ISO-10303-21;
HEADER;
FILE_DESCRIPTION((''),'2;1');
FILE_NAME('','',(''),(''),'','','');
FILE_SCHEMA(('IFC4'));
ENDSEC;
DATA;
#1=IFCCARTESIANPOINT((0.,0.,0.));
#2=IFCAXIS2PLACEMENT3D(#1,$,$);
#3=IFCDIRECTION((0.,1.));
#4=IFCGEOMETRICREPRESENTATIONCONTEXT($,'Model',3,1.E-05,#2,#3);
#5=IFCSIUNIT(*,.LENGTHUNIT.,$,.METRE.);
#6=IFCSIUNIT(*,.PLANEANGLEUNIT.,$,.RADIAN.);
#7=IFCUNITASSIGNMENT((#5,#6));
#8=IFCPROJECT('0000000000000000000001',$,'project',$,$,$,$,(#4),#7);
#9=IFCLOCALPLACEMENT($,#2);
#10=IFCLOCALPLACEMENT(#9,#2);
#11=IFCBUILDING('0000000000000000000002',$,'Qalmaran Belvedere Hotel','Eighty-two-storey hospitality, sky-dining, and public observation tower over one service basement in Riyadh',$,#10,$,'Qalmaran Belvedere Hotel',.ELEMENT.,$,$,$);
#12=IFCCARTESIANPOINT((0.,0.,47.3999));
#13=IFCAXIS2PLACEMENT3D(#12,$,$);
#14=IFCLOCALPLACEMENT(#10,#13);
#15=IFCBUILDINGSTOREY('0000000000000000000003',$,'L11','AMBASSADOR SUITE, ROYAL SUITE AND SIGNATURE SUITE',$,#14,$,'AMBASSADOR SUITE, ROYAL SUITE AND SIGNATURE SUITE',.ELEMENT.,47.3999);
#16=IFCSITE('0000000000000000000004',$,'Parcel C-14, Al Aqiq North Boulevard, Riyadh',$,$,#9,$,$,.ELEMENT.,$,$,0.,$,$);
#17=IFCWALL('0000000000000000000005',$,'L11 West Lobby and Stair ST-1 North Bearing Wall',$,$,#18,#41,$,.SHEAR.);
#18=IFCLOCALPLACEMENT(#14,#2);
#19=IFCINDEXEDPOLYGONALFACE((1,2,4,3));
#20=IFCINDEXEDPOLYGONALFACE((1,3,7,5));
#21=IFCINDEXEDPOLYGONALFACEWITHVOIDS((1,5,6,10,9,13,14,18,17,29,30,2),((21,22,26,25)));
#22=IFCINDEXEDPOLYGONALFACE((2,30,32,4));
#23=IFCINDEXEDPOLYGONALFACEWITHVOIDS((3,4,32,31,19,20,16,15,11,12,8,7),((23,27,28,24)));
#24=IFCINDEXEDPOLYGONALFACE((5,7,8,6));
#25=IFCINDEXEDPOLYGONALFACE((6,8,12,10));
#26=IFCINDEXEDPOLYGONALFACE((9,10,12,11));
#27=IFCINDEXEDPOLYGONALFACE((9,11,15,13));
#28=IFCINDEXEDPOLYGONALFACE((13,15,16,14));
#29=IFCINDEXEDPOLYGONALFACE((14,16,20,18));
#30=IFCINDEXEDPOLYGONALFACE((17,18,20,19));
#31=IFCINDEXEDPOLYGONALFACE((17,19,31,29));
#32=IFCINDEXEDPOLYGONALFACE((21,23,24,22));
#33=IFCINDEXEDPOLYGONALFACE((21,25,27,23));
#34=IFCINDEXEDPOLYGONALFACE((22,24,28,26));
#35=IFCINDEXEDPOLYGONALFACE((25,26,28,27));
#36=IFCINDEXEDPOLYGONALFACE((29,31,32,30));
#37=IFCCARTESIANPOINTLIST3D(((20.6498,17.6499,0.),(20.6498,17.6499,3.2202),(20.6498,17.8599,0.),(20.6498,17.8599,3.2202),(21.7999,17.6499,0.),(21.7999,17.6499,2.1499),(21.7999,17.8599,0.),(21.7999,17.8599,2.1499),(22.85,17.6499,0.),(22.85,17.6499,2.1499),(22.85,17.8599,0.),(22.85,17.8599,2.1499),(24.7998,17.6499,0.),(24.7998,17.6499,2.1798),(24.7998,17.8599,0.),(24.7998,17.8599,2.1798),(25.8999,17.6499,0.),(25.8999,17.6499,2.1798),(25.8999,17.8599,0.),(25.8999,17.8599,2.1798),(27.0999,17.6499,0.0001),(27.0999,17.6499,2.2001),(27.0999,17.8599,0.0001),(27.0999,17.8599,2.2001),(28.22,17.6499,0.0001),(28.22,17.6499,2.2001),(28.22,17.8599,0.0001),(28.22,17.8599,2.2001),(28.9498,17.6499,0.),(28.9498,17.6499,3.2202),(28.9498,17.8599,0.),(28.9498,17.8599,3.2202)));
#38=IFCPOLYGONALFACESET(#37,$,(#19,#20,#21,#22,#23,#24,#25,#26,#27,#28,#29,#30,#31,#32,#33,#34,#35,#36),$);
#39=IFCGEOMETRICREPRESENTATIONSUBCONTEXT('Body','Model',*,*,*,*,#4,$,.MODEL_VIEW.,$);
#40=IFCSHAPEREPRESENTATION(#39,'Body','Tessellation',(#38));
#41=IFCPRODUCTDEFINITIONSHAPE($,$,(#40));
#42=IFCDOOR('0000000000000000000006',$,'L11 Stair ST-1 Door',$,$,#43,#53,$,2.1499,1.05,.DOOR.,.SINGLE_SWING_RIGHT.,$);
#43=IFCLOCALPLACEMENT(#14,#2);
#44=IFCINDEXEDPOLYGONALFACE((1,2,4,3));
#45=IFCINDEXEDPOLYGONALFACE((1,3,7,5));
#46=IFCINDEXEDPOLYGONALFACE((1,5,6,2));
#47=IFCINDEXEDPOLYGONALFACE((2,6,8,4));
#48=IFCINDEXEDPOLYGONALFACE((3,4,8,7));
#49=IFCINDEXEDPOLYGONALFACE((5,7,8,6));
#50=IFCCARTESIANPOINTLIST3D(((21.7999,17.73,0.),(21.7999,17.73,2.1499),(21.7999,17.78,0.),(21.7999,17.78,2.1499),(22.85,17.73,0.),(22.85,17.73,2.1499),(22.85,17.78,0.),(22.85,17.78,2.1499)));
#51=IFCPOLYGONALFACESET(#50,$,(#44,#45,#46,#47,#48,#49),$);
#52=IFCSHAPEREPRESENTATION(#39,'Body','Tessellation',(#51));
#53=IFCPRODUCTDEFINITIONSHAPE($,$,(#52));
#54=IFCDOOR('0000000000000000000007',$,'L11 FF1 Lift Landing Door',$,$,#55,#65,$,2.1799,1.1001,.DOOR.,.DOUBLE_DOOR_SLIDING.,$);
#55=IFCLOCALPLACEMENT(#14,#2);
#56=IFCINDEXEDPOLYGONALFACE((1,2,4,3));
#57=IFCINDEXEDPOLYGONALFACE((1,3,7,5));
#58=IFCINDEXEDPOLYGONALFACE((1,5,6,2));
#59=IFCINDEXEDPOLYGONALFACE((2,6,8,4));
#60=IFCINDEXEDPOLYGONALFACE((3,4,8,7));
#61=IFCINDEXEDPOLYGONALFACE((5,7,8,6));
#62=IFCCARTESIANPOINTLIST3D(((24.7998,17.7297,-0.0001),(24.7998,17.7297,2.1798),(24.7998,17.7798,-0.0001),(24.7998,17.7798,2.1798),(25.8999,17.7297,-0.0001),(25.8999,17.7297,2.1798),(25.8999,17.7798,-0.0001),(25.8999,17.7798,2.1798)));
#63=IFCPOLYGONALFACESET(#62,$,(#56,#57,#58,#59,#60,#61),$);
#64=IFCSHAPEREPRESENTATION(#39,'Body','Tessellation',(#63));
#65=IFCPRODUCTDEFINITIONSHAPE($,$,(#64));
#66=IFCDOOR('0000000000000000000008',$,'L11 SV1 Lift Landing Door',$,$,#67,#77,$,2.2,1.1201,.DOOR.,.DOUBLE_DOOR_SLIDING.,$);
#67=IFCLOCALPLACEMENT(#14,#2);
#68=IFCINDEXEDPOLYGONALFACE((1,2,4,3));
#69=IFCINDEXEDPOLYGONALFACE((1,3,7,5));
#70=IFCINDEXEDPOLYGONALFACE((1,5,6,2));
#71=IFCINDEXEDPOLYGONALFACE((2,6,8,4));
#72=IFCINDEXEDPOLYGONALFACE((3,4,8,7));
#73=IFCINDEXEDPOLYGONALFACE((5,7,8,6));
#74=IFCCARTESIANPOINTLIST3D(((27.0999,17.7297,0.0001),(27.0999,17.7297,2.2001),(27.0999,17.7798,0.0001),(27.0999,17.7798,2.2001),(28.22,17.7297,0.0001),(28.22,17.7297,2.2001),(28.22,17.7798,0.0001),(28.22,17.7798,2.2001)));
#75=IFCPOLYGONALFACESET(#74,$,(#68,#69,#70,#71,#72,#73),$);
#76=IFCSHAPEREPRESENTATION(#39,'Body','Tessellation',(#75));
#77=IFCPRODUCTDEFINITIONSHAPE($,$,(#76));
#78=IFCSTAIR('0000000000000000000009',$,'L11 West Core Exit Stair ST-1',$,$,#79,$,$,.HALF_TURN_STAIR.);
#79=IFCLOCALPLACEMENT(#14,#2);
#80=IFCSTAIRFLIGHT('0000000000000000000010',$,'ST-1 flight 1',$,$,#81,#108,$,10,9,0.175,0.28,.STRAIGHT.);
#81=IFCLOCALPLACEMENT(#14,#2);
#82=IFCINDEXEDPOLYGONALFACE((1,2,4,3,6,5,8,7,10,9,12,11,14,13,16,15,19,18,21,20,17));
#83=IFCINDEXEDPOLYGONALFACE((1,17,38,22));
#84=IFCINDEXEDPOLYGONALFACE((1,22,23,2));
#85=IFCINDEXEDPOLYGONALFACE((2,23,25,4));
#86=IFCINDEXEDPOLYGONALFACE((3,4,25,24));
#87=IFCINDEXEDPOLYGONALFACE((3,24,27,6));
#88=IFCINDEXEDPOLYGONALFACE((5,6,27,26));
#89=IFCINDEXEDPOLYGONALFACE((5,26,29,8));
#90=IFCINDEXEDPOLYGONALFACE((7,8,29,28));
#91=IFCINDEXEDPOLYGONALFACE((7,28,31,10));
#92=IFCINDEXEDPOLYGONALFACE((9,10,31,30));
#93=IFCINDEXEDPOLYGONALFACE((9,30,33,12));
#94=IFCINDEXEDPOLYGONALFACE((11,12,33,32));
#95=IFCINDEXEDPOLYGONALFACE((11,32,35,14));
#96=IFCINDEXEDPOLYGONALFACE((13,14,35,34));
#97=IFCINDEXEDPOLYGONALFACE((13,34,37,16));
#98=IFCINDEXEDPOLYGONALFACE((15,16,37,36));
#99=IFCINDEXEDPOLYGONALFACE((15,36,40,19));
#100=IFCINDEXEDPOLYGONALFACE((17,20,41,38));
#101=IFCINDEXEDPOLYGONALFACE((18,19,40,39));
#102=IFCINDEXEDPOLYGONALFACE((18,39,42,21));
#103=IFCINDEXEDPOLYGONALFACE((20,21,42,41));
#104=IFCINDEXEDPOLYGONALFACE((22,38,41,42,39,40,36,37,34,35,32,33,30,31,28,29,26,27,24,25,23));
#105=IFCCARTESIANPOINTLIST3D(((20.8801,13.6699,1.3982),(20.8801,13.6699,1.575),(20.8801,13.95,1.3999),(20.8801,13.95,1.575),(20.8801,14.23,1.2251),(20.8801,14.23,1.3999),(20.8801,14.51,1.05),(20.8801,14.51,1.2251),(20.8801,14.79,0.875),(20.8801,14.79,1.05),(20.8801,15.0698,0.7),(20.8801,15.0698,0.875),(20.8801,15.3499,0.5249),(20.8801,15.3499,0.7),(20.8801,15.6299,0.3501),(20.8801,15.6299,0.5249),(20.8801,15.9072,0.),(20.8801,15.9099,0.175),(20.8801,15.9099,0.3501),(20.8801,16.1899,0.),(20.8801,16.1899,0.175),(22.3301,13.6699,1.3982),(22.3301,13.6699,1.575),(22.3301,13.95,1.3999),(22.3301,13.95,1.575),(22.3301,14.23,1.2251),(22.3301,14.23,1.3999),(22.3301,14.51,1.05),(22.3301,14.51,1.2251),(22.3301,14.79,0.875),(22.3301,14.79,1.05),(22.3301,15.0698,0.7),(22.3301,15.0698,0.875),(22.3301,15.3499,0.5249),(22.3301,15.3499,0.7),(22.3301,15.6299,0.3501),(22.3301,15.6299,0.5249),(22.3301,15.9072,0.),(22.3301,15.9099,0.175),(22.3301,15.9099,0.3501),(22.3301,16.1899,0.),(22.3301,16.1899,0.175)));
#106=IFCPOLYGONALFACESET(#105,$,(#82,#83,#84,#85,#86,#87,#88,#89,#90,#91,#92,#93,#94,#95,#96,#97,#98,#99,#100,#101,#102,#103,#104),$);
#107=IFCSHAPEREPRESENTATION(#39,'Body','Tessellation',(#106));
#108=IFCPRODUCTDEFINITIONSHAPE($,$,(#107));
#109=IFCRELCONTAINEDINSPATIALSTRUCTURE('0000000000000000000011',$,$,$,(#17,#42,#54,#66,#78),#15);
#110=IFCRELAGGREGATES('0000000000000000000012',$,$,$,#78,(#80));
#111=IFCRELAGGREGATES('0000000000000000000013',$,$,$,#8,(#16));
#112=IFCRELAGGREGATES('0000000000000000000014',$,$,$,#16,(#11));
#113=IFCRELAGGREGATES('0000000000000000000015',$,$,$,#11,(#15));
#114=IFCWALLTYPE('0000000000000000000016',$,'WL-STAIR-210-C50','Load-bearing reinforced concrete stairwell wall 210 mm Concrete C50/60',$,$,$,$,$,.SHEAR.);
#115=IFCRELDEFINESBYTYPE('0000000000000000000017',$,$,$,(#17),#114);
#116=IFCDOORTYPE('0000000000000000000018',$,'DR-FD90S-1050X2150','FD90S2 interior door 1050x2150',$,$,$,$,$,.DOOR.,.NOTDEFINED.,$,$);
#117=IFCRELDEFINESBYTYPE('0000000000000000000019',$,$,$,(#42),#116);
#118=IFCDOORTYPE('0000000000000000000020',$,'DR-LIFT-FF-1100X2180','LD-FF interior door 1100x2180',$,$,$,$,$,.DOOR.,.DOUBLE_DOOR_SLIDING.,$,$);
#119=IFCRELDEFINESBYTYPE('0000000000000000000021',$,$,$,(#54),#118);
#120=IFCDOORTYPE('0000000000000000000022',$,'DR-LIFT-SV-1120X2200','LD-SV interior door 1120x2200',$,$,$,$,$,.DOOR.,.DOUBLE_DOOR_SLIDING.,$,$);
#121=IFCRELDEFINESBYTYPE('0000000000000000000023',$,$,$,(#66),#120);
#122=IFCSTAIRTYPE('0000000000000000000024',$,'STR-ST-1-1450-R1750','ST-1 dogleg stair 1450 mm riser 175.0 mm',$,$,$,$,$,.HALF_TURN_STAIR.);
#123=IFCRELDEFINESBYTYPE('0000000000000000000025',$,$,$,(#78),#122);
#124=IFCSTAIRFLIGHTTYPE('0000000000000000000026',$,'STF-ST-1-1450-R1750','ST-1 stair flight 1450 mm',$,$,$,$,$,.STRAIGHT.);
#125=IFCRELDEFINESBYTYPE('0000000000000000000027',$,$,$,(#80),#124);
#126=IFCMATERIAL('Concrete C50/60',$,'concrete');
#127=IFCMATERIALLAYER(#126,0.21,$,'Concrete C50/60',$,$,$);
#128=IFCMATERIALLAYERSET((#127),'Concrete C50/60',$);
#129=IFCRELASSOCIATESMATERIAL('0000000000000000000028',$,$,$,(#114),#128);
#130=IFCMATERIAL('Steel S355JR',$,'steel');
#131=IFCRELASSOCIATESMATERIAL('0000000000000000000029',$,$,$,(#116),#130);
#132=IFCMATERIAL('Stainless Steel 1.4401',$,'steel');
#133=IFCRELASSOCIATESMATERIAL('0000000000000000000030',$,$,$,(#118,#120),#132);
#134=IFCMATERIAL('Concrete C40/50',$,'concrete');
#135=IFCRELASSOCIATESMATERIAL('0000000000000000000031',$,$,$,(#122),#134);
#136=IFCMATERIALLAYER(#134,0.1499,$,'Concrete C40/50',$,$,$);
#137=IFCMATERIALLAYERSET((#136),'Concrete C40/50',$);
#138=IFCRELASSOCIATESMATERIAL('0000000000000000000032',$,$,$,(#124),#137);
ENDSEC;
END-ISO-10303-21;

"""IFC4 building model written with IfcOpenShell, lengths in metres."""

from ifc_helpers import new_model, si_unit, direction, frame, frame_2d, origin, place, context, subcontext, project, spatial, polyline, rectangle, outline, extrude, material, layer, layer_set, type_object, element, fill, aggregate, save


model = new_model("IFC4")

# Units and contexts
model_context = context("Model", 3, precision=1e-05, world=origin(), true_north=direction((0.0, 1.0)))
body_context = subcontext(model_context, "Body", "Model", "MODEL_VIEW")
ifc_project = project(units=[si_unit("LENGTHUNIT", "METRE"), si_unit("PLANEANGLEUNIT", "RADIAN")], contexts=[model_context])

# Site, building, storey
site_placement = place(None, origin())
site = spatial("IfcSite", under=ifc_project, at=site_placement, Name="Parcel C-14, Al Aqiq North Boulevard, Riyadh", CompositionType="ELEMENT", RefElevation=0.0)
building_placement = place(site_placement, origin())
building = spatial("IfcBuilding", under=site, at=building_placement, Name="Qalmaran Belvedere Hotel", Description="Eighty-two-storey hospitality, sky-dining, and public observation tower over one service basement in Riyadh", LongName="Qalmaran Belvedere Hotel", CompositionType="ELEMENT")
storey_placement = place(building_placement, frame((0.0, 0.0, 47.3999)))
storey = spatial("IfcBuildingStorey", under=building, at=storey_placement, Name="L11", Description="AMBASSADOR SUITE, ROYAL SUITE AND SIGNATURE SUITE", LongName="AMBASSADOR SUITE, ROYAL SUITE AND SIGNATURE SUITE", CompositionType="ELEMENT", Elevation=47.3999)

# Shared definitions
ifc_material_1 = material(Name="Steel S355JR", Category="steel")

# Wall, openings, doors
ifc_material_2 = material(Name="Concrete C50/60", Category="concrete")
ifc_layer_1 = layer(ifc_material_2, 0.21, Name="Concrete C50/60")
ifc_layer_set_1 = layer_set([ifc_layer_1], Name="Concrete C50/60")
wall_type_1 = type_object("IfcWallType", Name="WL-STAIR-210-C50", Description="Load-bearing reinforced concrete stairwell wall 210 mm Concrete C50/60", PredefinedType="SHEAR", material=ifc_layer_set_1)
wall_1_placement = place(storey_placement, frame((20.6499, 17.7549, 0.0), z_axis=(0.0, 0.0, 1.0), x_axis=(1.0, 0.0, 0.0)))
wall_1 = element("IfcWall", 1, at=wall_1_placement, inside=storey, type_object=wall_type_1, Name="L11 West Lobby and Stair ST-1 North Bearing Wall", PredefinedType="SHEAR", context=body_context, shape_type="SweptSolid", body=[
    extrude(rectangle(XDim=8.3, YDim=0.21, at=frame_2d((4.1499, 0.0))), origin(), (0.0, 0.0, 1.0), 3.2202),
])
opening_1_placement = place(wall_1_placement, frame((2.2, 0.0, 0.0), z_axis=(0.0, 0.0, 1.0), x_axis=(-1.0, 0.0, 0.0)))
opening_1 = element("IfcOpeningElement", 2, at=opening_1_placement, cuts=wall_1, PredefinedType="OPENING", context=body_context, shape_type="SweptSolid", body=[
    extrude(rectangle(XDim=1.05, YDim=2.1499, at=frame_2d((0.5249, 1.075))), frame((0.0, 0.115, 0.0), z_axis=(0.0, -1.0, 0.0), x_axis=(1.0, 0.0, 0.0)), (0.0, 0.0, 1.0), 0.23),
])
opening_2_placement = place(wall_1_placement, frame((4.1499, 0.0, 0.0)))
opening_2 = element("IfcOpeningElement", 3, at=opening_2_placement, cuts=wall_1, PredefinedType="OPENING", context=body_context, shape_type="SweptSolid", body=[
    extrude(rectangle(XDim=1.1001, YDim=2.1799, at=frame_2d((0.55, 1.0898))), frame((0.0, 0.115, 0.0), z_axis=(0.0, -1.0, 0.0), x_axis=(1.0, 0.0, 0.0)), (0.0, 0.0, 1.0), 0.23),
])
opening_3_placement = place(wall_1_placement, frame((6.45, 0.0, 0.0)))
opening_3 = element("IfcOpeningElement", 4, at=opening_3_placement, cuts=wall_1, PredefinedType="OPENING", context=body_context, shape_type="SweptSolid", body=[
    extrude(rectangle(XDim=1.1201, YDim=2.2, at=frame_2d((0.5601, 1.1001))), frame((0.0, 0.115, 0.0), z_axis=(0.0, -1.0, 0.0), x_axis=(1.0, 0.0, 0.0)), (0.0, 0.0, 1.0), 0.23),
])
door_type_1 = type_object("IfcDoorType", Name="DR-FD90S-1050X2150", Description="FD90S2 interior door 1050x2150", OperationType="NOTDEFINED", PredefinedType="DOOR", material=ifc_material_1)
door_1_placement = place(opening_1_placement, origin())
door_1 = element("IfcDoor", 5, at=door_1_placement, inside=storey, type_object=door_type_1, Name="L11 Stair ST-1 Door", OperationType="SINGLE_SWING_RIGHT", OverallHeight=2.1499, OverallWidth=1.05, PredefinedType="DOOR", context=body_context, shape_type="SweptSolid", body=[
    extrude(rectangle(XDim=1.05, YDim=2.1499, at=frame_2d((0.5249, 1.075))), frame((0.0, 0.0249, 0.0), z_axis=(0.0, -1.0, 0.0), x_axis=(1.0, 0.0, 0.0)), (0.0, 0.0, 1.0), 0.05),
])
fill(opening_1, door_1)
ifc_material_3 = material(Name="Stainless Steel 1.4401", Category="steel")
door_type_2 = type_object("IfcDoorType", Name="DR-LIFT-FF-1100X2180", Description="LD-FF interior door 1100x2180", OperationType="DOUBLE_DOOR_SLIDING", PredefinedType="DOOR", material=ifc_material_3)
door_2_placement = place(opening_2_placement, origin())
door_2 = element("IfcDoor", 6, at=door_2_placement, inside=storey, type_object=door_type_2, Name="L11 FF1 Lift Landing Door", OperationType="DOUBLE_DOOR_SLIDING", OverallHeight=2.1799, OverallWidth=1.1001, PredefinedType="DOOR", context=body_context, shape_type="SweptSolid", body=[
    extrude(rectangle(XDim=1.1001, YDim=2.1799, at=frame_2d((0.55, 1.0898))), frame((0.0, 0.0249, 0.0), z_axis=(0.0, -1.0, 0.0), x_axis=(1.0, 0.0, 0.0)), (0.0, 0.0, 1.0), 0.05),
])
fill(opening_2, door_2)
door_type_3 = type_object("IfcDoorType", Name="DR-LIFT-SV-1120X2200", Description="LD-SV interior door 1120x2200", OperationType="DOUBLE_DOOR_SLIDING", PredefinedType="DOOR", material=ifc_material_3)
door_3_placement = place(opening_3_placement, origin())
door_3 = element("IfcDoor", 7, at=door_3_placement, inside=storey, type_object=door_type_3, Name="L11 SV1 Lift Landing Door", OperationType="DOUBLE_DOOR_SLIDING", OverallHeight=2.2, OverallWidth=1.1201, PredefinedType="DOOR", context=body_context, shape_type="SweptSolid", body=[
    extrude(rectangle(XDim=1.1201, YDim=2.2, at=frame_2d((0.5601, 1.1001))), frame((0.0, 0.0249, 0.0), z_axis=(0.0, -1.0, 0.0), x_axis=(1.0, 0.0, 0.0)), (0.0, 0.0, 1.0), 0.05),
])
fill(opening_3, door_3)

# Stair, stair flight
ifc_material_4 = material(Name="Concrete C40/50", Category="concrete")
stair_type = type_object("IfcStairType", Name="STR-ST-1-1450-R1750", Description="ST-1 dogleg stair 1450 mm riser 175.0 mm", PredefinedType="HALF_TURN_STAIR", material=ifc_material_4)
stair_placement = place(storey_placement, origin())
stair = element("IfcStair", 8, at=stair_placement, inside=storey, type_object=stair_type, Name="L11 West Core Exit Stair ST-1", PredefinedType="HALF_TURN_STAIR")
ifc_layer_2 = layer(ifc_material_4, 0.1499, Name="Concrete C40/50")
ifc_layer_set_2 = layer_set([ifc_layer_2], Name="Concrete C40/50")
stair_flight_type = type_object("IfcStairFlightType", Name="STF-ST-1-1450-R1750", Description="ST-1 stair flight 1450 mm", PredefinedType="STRAIGHT", material=ifc_layer_set_2)
stair_flight_placement = place(storey_placement, frame((21.605, 16.1899, 0.0), z_axis=(0.0, 0.0, 1.0), x_axis=(0.0, -1.0, 0.0)))
stair_flight = element("IfcStairFlight", 9, at=stair_flight_placement, type_object=stair_flight_type, Name="ST-1 flight 1", NumberOfRisers=10, NumberOfTreads=9, PredefinedType="STRAIGHT", RiserHeight=0.175, TreadLength=0.28, context=body_context, shape_type="SweptSolid", body=[
    extrude(outline(polyline([(0.0, 0.0), (0.0, 0.175), (0.28, 0.175), (0.28, 0.3501), (0.5601, 0.3501), (0.5601, 0.5249), (0.8401, 0.5249), (0.8401, 0.7), (1.1201, 0.7), (1.1201, 0.875), (1.3999, 0.875), (1.3999, 1.05), (1.6799, 1.05), (1.6799, 1.2251), (1.96, 1.2251), (1.96, 1.3999), (2.24, 1.3999), (2.24, 1.575), (2.52, 1.575), (2.52, 1.75), (2.52, 1.3982), (0.2827, 0.0), (0.0, 0.0)])), frame((0.0, 0.7251, 0.0), z_axis=(0.0, -1.0, 0.0), x_axis=(1.0, 0.0, 0.0)), (0.0, 0.0, 1.0), 1.45),
])
aggregate(stair, [stair_flight])

save(model, "model.ifc")
